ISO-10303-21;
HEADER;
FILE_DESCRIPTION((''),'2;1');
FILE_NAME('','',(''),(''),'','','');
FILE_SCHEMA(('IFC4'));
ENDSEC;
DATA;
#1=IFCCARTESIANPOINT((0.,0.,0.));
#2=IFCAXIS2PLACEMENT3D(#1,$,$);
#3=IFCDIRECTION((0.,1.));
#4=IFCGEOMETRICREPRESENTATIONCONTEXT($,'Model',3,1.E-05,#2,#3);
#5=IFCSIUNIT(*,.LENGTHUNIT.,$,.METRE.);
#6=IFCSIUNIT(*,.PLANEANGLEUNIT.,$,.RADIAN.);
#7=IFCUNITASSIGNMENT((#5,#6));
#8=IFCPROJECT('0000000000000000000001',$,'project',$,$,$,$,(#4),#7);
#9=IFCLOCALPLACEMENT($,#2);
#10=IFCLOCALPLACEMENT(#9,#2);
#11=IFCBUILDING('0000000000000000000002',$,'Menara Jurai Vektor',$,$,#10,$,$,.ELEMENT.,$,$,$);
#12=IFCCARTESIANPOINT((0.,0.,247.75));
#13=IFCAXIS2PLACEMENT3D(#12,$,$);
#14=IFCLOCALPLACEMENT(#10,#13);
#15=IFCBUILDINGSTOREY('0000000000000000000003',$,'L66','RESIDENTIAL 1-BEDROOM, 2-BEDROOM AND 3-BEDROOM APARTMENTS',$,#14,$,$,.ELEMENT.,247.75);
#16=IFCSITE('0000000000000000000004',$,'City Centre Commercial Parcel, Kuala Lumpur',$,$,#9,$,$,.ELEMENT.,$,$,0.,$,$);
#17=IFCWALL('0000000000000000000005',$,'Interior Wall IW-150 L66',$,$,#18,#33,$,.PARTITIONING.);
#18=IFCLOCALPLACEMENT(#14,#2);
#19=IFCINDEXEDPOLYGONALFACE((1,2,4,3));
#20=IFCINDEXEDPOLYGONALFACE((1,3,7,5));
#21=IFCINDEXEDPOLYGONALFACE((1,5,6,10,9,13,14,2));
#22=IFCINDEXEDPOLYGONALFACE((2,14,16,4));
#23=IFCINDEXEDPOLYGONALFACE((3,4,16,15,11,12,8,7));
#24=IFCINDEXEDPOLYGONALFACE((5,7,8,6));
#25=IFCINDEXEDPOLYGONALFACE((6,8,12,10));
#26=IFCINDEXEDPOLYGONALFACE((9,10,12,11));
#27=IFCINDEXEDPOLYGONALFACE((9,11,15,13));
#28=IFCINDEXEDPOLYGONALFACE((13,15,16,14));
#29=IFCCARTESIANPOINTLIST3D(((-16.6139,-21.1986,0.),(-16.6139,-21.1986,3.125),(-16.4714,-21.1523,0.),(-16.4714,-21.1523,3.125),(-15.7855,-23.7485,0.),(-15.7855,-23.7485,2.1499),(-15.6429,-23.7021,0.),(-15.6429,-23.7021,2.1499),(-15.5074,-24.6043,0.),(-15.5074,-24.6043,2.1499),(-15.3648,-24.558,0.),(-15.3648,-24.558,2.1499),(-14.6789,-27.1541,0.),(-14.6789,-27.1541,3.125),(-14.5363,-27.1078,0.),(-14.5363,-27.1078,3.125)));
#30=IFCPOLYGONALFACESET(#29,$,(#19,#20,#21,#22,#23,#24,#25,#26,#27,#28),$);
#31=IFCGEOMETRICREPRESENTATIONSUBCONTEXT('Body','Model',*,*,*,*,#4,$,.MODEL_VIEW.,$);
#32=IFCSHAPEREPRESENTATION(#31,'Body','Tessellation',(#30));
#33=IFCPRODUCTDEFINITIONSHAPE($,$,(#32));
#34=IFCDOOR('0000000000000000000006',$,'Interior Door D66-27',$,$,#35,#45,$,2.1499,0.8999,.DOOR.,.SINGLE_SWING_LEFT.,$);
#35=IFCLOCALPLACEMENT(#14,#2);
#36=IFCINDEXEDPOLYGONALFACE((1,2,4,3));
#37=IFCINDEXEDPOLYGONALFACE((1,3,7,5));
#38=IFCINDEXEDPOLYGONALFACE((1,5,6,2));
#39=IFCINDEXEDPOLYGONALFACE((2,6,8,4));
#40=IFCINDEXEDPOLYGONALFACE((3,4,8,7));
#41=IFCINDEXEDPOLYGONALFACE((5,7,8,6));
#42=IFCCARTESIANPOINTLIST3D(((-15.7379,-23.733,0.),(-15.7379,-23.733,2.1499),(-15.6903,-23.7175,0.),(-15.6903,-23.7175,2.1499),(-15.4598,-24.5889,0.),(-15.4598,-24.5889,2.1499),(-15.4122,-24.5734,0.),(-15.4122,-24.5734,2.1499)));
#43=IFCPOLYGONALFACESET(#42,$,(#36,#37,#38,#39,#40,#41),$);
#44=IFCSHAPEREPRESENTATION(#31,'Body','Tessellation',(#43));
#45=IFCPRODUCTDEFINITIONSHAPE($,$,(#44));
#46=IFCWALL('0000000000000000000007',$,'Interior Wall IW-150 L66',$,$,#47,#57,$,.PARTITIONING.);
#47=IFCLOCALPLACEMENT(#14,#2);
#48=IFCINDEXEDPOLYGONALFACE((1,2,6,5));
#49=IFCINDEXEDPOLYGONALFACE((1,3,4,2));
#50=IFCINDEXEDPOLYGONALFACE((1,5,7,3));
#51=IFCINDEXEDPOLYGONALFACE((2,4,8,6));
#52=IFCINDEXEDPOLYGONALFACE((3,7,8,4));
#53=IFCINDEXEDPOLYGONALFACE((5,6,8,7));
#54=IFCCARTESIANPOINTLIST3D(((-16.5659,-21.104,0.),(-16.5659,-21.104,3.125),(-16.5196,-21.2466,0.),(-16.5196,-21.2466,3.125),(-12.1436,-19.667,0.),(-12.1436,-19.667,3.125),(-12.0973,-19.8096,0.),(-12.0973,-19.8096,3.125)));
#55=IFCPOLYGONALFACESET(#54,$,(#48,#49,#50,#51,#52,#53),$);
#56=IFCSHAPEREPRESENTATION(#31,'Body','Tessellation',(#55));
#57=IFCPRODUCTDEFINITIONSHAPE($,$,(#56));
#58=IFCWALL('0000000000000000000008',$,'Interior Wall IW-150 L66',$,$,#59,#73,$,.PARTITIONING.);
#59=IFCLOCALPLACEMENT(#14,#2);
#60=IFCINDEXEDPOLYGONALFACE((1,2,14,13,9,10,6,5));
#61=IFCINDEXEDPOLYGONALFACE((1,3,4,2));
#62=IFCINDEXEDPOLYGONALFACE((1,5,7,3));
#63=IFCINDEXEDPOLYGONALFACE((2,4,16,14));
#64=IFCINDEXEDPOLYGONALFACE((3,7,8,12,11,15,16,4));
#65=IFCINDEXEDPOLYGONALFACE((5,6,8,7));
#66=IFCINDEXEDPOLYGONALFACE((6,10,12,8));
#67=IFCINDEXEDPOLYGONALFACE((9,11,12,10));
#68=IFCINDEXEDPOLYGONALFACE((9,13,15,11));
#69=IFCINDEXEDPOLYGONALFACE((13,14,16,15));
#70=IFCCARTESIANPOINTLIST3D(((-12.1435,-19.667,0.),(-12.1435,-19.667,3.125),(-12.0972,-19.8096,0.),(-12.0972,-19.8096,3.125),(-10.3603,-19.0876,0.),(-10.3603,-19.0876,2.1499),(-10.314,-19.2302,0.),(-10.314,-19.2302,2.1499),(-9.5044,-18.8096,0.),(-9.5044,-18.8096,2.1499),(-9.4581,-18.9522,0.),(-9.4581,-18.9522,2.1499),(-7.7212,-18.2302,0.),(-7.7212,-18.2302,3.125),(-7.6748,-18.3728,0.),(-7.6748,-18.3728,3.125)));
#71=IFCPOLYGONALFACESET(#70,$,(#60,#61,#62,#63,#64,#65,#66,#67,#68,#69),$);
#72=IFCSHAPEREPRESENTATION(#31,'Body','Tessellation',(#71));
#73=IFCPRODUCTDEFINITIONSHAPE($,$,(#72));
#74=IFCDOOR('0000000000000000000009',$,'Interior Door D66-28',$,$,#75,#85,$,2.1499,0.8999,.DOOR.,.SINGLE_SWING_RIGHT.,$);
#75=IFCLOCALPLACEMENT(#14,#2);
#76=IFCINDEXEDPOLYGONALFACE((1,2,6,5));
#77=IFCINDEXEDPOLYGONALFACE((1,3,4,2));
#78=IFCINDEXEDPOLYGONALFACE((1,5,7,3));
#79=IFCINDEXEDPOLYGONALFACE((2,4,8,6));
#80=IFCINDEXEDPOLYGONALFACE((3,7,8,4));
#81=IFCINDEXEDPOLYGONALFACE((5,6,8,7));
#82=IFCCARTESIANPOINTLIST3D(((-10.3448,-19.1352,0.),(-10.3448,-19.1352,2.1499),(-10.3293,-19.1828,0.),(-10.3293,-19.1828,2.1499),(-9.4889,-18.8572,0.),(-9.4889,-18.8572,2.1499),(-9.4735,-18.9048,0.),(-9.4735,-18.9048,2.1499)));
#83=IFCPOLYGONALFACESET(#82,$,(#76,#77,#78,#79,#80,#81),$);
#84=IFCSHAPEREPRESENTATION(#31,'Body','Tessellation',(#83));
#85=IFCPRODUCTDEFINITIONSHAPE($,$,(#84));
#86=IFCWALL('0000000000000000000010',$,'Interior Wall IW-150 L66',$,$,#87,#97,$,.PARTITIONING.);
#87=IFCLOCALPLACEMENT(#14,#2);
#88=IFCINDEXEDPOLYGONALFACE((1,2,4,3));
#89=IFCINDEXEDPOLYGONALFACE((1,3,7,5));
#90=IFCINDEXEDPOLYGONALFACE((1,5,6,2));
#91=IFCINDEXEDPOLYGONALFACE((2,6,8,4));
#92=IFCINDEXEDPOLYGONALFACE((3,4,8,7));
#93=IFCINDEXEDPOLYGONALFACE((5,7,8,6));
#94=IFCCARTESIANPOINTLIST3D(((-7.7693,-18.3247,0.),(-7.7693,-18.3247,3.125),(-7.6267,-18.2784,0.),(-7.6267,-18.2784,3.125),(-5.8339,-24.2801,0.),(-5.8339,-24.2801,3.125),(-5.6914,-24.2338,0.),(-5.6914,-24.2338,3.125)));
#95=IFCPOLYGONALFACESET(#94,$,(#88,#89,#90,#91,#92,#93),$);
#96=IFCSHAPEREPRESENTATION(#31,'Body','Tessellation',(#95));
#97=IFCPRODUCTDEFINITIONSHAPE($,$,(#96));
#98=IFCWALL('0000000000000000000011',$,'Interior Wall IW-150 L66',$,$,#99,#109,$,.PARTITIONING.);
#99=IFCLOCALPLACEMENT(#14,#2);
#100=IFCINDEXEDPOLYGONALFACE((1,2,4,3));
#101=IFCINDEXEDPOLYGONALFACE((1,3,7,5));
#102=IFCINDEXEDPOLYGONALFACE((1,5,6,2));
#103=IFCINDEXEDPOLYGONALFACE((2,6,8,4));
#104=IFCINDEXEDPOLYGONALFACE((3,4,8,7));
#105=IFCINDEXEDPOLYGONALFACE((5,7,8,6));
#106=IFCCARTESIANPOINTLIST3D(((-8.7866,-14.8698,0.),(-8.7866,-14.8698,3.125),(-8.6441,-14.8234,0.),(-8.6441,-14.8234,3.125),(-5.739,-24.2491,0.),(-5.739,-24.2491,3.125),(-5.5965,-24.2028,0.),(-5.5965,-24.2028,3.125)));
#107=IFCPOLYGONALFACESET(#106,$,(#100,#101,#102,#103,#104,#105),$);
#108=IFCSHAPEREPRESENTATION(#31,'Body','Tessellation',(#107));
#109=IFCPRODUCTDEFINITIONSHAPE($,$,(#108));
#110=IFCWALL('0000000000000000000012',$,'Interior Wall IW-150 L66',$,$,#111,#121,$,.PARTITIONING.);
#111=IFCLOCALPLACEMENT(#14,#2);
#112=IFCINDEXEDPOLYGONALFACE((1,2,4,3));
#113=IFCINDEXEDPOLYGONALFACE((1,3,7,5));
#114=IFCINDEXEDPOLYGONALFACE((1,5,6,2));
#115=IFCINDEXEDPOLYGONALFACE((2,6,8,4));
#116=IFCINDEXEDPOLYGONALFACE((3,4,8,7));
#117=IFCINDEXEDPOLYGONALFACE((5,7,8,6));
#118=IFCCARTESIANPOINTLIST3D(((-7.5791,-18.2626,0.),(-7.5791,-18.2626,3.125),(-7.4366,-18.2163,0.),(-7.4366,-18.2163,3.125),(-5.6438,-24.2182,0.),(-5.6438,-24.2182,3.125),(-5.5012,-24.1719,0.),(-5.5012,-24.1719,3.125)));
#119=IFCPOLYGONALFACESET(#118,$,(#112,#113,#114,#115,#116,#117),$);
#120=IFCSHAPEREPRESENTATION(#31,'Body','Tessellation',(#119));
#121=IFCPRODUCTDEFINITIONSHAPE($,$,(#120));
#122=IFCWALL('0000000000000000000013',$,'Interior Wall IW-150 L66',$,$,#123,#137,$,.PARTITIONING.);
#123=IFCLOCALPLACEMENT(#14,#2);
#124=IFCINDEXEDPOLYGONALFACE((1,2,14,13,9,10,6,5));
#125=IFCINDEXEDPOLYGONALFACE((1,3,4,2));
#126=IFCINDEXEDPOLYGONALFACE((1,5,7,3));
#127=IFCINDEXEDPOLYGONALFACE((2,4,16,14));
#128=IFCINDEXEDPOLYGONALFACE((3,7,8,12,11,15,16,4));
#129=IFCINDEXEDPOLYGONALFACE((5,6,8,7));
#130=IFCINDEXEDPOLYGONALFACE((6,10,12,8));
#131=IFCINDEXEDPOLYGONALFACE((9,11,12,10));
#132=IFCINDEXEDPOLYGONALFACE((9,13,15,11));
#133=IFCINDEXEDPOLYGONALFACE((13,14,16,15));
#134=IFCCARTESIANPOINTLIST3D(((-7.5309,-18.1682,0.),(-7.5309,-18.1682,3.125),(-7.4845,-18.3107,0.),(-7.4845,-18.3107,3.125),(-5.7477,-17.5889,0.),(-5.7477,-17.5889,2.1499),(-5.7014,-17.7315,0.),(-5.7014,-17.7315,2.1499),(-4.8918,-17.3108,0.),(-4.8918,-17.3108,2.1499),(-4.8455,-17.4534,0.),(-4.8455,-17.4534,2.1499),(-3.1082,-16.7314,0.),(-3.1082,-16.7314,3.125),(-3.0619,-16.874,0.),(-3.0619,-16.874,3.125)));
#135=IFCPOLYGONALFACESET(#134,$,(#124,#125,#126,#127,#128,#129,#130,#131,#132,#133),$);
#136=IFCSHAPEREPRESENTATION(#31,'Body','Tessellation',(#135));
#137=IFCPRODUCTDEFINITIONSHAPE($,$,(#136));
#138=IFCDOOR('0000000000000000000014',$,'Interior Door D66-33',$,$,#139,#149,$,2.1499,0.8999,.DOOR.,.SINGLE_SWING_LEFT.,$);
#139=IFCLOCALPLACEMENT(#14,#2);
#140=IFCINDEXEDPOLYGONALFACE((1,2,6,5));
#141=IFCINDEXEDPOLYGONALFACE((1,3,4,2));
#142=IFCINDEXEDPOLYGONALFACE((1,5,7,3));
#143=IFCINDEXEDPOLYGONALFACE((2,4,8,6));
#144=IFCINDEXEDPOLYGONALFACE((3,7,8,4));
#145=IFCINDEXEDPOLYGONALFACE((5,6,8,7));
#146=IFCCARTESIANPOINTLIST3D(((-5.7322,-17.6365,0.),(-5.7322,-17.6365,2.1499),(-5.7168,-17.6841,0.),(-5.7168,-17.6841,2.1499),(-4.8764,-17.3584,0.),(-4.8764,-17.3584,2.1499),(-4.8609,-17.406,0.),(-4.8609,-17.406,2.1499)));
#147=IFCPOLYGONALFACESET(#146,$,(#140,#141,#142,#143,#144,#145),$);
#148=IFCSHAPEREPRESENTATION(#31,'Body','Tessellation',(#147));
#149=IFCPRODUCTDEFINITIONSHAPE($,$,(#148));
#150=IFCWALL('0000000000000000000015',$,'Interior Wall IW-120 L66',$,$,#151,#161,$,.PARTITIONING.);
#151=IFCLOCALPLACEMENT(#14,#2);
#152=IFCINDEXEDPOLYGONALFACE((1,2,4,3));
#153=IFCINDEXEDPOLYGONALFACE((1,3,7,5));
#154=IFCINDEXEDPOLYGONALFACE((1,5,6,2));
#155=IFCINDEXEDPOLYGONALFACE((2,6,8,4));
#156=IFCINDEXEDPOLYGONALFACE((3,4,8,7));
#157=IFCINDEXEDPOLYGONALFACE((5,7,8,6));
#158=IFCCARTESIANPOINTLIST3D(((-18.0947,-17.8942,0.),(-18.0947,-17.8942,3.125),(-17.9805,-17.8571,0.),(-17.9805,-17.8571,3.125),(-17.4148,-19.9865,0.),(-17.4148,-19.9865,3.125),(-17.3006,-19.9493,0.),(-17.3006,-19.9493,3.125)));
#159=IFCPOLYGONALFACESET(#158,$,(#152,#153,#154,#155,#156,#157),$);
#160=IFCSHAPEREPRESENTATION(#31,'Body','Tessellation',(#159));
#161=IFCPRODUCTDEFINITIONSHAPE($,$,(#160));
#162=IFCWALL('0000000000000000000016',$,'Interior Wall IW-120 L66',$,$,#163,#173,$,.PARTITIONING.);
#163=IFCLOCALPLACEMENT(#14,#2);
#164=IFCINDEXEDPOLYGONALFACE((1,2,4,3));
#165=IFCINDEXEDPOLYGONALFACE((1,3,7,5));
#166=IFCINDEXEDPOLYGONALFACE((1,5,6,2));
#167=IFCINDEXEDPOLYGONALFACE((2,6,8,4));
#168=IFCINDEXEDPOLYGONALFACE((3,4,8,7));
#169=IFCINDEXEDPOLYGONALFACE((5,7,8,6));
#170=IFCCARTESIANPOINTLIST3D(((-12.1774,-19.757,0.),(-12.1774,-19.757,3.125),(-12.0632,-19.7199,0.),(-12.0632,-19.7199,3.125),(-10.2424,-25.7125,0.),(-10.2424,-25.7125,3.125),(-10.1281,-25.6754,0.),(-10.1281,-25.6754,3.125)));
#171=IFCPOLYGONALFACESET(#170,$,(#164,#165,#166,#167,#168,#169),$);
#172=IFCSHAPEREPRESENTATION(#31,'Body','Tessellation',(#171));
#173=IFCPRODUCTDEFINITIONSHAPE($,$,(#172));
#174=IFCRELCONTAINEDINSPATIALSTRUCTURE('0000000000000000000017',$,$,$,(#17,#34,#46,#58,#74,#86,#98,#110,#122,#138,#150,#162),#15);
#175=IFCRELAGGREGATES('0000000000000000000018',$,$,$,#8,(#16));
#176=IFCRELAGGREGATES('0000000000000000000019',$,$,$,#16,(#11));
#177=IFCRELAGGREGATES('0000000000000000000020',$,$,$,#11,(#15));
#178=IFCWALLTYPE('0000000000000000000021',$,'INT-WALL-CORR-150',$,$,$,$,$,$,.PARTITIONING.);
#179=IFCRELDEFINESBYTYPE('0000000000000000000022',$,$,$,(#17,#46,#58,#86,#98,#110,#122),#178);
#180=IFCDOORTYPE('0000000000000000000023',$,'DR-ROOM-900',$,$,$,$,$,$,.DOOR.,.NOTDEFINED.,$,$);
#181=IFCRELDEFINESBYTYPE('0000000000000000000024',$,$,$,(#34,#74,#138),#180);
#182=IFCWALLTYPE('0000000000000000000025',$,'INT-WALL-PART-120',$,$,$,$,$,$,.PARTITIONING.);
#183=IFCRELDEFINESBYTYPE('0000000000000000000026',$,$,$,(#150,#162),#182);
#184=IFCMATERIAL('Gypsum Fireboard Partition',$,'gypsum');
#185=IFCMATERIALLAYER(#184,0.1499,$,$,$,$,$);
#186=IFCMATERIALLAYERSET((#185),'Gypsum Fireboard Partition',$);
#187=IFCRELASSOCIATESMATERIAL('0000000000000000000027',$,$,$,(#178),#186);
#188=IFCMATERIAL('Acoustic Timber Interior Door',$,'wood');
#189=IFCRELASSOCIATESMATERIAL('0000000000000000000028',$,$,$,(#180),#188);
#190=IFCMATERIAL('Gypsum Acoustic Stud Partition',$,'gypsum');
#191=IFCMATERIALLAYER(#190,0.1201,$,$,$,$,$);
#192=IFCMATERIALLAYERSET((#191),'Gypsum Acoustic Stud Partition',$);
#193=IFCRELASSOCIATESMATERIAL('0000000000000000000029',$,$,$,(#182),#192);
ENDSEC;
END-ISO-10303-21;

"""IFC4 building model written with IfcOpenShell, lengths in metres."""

from ifc_helpers import new_model, si_unit, direction, frame, frame_2d, origin, place, context, subcontext, project, spatial, rectangle, extrude, material, layer, layer_set, type_object, element, fill, save


model = new_model("IFC4")

# Units and contexts
model_context = context("Model", 3, precision=1e-05, world=origin(), true_north=direction((0.0, 1.0)))
body_context = subcontext(model_context, "Body", "Model", "MODEL_VIEW")
ifc_project = project(units=[si_unit("LENGTHUNIT", "METRE"), si_unit("PLANEANGLEUNIT", "RADIAN")], contexts=[model_context])

# Site, building, storey
site_placement = place(None, origin())
site = spatial("IfcSite", under=ifc_project, at=site_placement, Name="City Centre Commercial Parcel, Kuala Lumpur", CompositionType="ELEMENT", RefElevation=0.0)
building_placement = place(site_placement, origin())
building = spatial("IfcBuilding", under=site, at=building_placement, Name="Menara Jurai Vektor", CompositionType="ELEMENT")
storey_placement = place(building_placement, frame((0.0, 0.0, 247.75)))
storey = spatial("IfcBuildingStorey", under=building, at=storey_placement, Name="L66", Description="RESIDENTIAL 1-BEDROOM, 2-BEDROOM AND 3-BEDROOM APARTMENTS", CompositionType="ELEMENT", Elevation=247.75)

# Shared definitions
ifc_material_1 = material(Name="Gypsum Fireboard Partition", Category="gypsum")
ifc_layer_1 = layer(ifc_material_1, 0.1499)
ifc_layer_set_1 = layer_set([ifc_layer_1], Name="Gypsum Fireboard Partition")
wall_type_1 = type_object("IfcWallType", Name="INT-WALL-CORR-150", PredefinedType="PARTITIONING", material=ifc_layer_set_1)

# Wall, opening, door
wall_1_placement = place(storey_placement, frame((-14.6077, -27.1309, 0.0), z_axis=(0.0, 0.0, 1.0), x_axis=(-0.309014, 0.951058, 0.0)))
wall_1 = element("IfcWall", 1, at=wall_1_placement, inside=storey, type_object=wall_type_1, Name="Interior Wall IW-150 L66", PredefinedType="PARTITIONING", context=body_context, shape_type="SweptSolid", body=[
    extrude(rectangle(XDim=6.262, YDim=0.1499, at=frame_2d((3.1309, 0.0))), origin(), (0.0, 0.0, 1.0), 3.125),
])
opening_1_placement = place(wall_1_placement, frame((2.6809, 0.0, 0.0)))
opening_1 = element("IfcOpeningElement", 2, at=opening_1_placement, cuts=wall_1, PredefinedType="OPENING", context=body_context, shape_type="SweptSolid", body=[
    extrude(rectangle(XDim=0.8999, YDim=2.1499, at=frame_2d((0.45, 1.075))), frame((0.0, 0.085, 0.0), z_axis=(0.0, -1.0, 0.0), x_axis=(1.0, 0.0, 0.0)), (0.0, 0.0, 1.0), 0.1699),
])
ifc_material_2 = material(Name="Acoustic Timber Interior Door", Category="wood")
door_type_1 = type_object("IfcDoorType", Name="DR-ROOM-900", OperationType="NOTDEFINED", PredefinedType="DOOR", material=ifc_material_2)
door_1_placement = place(opening_1_placement, origin())
door_1 = element("IfcDoor", 3, at=door_1_placement, inside=storey, type_object=door_type_1, Name="Interior Door D66-27", OperationType="SINGLE_SWING_LEFT", OverallHeight=2.1499, OverallWidth=0.8999, PredefinedType="DOOR", context=body_context, shape_type="SweptSolid", body=[
    extrude(rectangle(XDim=0.8999, YDim=2.1499, at=frame_2d((0.45, 1.075))), frame((0.0, 0.0249, 0.0), z_axis=(0.0, -1.0, 0.0), x_axis=(1.0, 0.0, 0.0)), (0.0, 0.0, 1.0), 0.05),
])
fill(opening_1, door_1)

# Wall
wall_2_placement = place(storey_placement, frame((-16.5427, -21.1753, 0.0), z_axis=(0.0, 0.0, 1.0), x_axis=(0.95105, 0.309036, 0.0)))
element("IfcWall", 4, at=wall_2_placement, inside=storey, type_object=wall_type_1, Name="Interior Wall IW-150 L66", PredefinedType="PARTITIONING", context=body_context, shape_type="SweptSolid", body=[
    extrude(rectangle(XDim=4.6499, YDim=0.1499, at=frame_2d((2.325, 0.0))), origin(), (0.0, 0.0, 1.0), 3.125),
])

# Wall, opening, door
wall_3_placement = place(storey_placement, frame((-12.1204, -19.7383, 0.0), z_axis=(0.0, 0.0, 1.0), x_axis=(0.951066, 0.308989, 0.0)))
wall_3 = element("IfcWall", 5, at=wall_3_placement, inside=storey, type_object=wall_type_1, Name="Interior Wall IW-150 L66", PredefinedType="PARTITIONING", context=body_context, shape_type="SweptSolid", body=[
    extrude(rectangle(XDim=4.6499, YDim=0.1499, at=frame_2d((2.325, 0.0))), origin(), (0.0, 0.0, 1.0), 3.125),
])
opening_2_placement = place(wall_3_placement, frame((1.875, 0.0, 0.0)))
opening_2 = element("IfcOpeningElement", 6, at=opening_2_placement, cuts=wall_3, PredefinedType="OPENING", context=body_context, shape_type="SweptSolid", body=[
    extrude(rectangle(XDim=0.8999, YDim=2.1499, at=frame_2d((0.45, 1.075))), frame((0.0, 0.085, 0.0), z_axis=(0.0, -1.0, 0.0), x_axis=(1.0, 0.0, 0.0)), (0.0, 0.0, 1.0), 0.1699),
])
door_2_placement = place(opening_2_placement, origin())
door_2 = element("IfcDoor", 7, at=door_2_placement, inside=storey, type_object=door_type_1, Name="Interior Door D66-28", OperationType="SINGLE_SWING_RIGHT", OverallHeight=2.1499, OverallWidth=0.8999, PredefinedType="DOOR", context=body_context, shape_type="SweptSolid", body=[
    extrude(rectangle(XDim=0.8999, YDim=2.1499, at=frame_2d((0.45, 1.075))), frame((0.0, 0.0249, 0.0), z_axis=(0.0, -1.0, 0.0), x_axis=(1.0, 0.0, 0.0)), (0.0, 0.0, 1.0), 0.05),
])
fill(opening_2, door_2)

# Walls
wall_4_placement = place(storey_placement, frame((-5.7627, -24.2568, 0.0), z_axis=(0.0, 0.0, 1.0), x_axis=(-0.309061, 0.951042, 0.0)))
element("IfcWall", 8, at=wall_4_placement, inside=storey, type_object=wall_type_1, Name="Interior Wall IW-150 L66", PredefinedType="PARTITIONING", context=body_context, shape_type="SweptSolid", body=[
    extrude(rectangle(XDim=6.262, YDim=0.1499, at=frame_2d((3.1309, 0.0))), origin(), (0.0, 0.0, 1.0), 3.125),
])
wall_5_placement = place(storey_placement, frame((-5.6677, -24.2261, 0.0), z_axis=(0.0, 0.0, 1.0), x_axis=(-0.309022, 0.951055, 0.0)))
element("IfcWall", 9, at=wall_5_placement, inside=storey, type_object=wall_type_1, Name="Interior Wall IW-150 L66", PredefinedType="PARTITIONING", context=body_context, shape_type="SweptSolid", body=[
    extrude(rectangle(XDim=9.8621, YDim=0.1499, at=frame_2d((4.9312, 0.0))), origin(), (0.0, 0.0, 1.0), 3.125),
])
wall_6_placement = place(storey_placement, frame((-5.5725, -24.1951, 0.0), z_axis=(0.0, 0.0, 1.0), x_axis=(-0.309049, 0.951046, 0.0)))
element("IfcWall", 10, at=wall_6_placement, inside=storey, type_object=wall_type_1, Name="Interior Wall IW-150 L66", PredefinedType="PARTITIONING", context=body_context, shape_type="SweptSolid", body=[
    extrude(rectangle(XDim=6.2622, YDim=0.1499, at=frame_2d((3.1311, 0.0))), origin(), (0.0, 0.0, 1.0), 3.125),
])

# Wall, opening, door
wall_7_placement = place(storey_placement, frame((-7.5078, -18.2395, 0.0), z_axis=(0.0, 0.0, 1.0), x_axis=(0.951071, 0.308973, 0.0)))
wall_7 = element("IfcWall", 11, at=wall_7_placement, inside=storey, type_object=wall_type_1, Name="Interior Wall IW-150 L66", PredefinedType="PARTITIONING", context=body_context, shape_type="SweptSolid", body=[
    extrude(rectangle(XDim=4.6501, YDim=0.1499, at=frame_2d((2.3252, 0.0))), origin(), (0.0, 0.0, 1.0), 3.125),
])
opening_3_placement = place(wall_7_placement, frame((1.875, 0.0, 0.0)))
opening_3 = element("IfcOpeningElement", 12, at=opening_3_placement, cuts=wall_7, PredefinedType="OPENING", context=body_context, shape_type="SweptSolid", body=[
    extrude(rectangle(XDim=0.8999, YDim=2.1499, at=frame_2d((0.45, 1.075))), frame((0.0, 0.085, 0.0), z_axis=(0.0, -1.0, 0.0), x_axis=(1.0, 0.0, 0.0)), (0.0, 0.0, 1.0), 0.1699),
])
door_3_placement = place(opening_3_placement, origin())
door_3 = element("IfcDoor", 13, at=door_3_placement, inside=storey, type_object=door_type_1, Name="Interior Door D66-33", OperationType="SINGLE_SWING_LEFT", OverallHeight=2.1499, OverallWidth=0.8999, PredefinedType="DOOR", context=body_context, shape_type="SweptSolid", body=[
    extrude(rectangle(XDim=0.8999, YDim=2.1499, at=frame_2d((0.45, 1.075))), frame((0.0, 0.0249, 0.0), z_axis=(0.0, -1.0, 0.0), x_axis=(1.0, 0.0, 0.0)), (0.0, 0.0, 1.0), 0.05),
])
fill(opening_3, door_3)

# Walls
ifc_material_3 = material(Name="Gypsum Acoustic Stud Partition", Category="gypsum")
ifc_layer_2 = layer(ifc_material_3, 0.1201)
ifc_layer_set_2 = layer_set([ifc_layer_2], Name="Gypsum Acoustic Stud Partition")
wall_type_2 = type_object("IfcWallType", Name="INT-WALL-PART-120", PredefinedType="PARTITIONING", material=ifc_layer_set_2)
wall_8_placement = place(storey_placement, frame((-17.3577, -19.968, 0.0), z_axis=(0.0, 0.0, 1.0), x_axis=(-0.309061, 0.951042, 0.0)))
element("IfcWall", 14, at=wall_8_placement, inside=storey, type_object=wall_type_2, Name="Interior Wall IW-120 L66", PredefinedType="PARTITIONING", context=body_context, shape_type="SweptSolid", body=[
    extrude(rectangle(XDim=2.2, YDim=0.1201, at=frame_2d((1.1001, 0.0))), origin(), (0.0, 0.0, 1.0), 3.125),
])
wall_9_placement = place(storey_placement, frame((-10.1853, -25.6938, 0.0), z_axis=(0.0, 0.0, 1.0), x_axis=(-0.309014, 0.951058, 0.0)))
element("IfcWall", 15, at=wall_9_placement, inside=storey, type_object=wall_type_2, Name="Interior Wall IW-120 L66", PredefinedType="PARTITIONING", context=body_context, shape_type="SweptSolid", body=[
    extrude(rectangle(XDim=6.262, YDim=0.1201, at=frame_2d((3.1309, 0.0))), origin(), (0.0, 0.0, 1.0), 3.125),
])

save(model, "model.ifc")
